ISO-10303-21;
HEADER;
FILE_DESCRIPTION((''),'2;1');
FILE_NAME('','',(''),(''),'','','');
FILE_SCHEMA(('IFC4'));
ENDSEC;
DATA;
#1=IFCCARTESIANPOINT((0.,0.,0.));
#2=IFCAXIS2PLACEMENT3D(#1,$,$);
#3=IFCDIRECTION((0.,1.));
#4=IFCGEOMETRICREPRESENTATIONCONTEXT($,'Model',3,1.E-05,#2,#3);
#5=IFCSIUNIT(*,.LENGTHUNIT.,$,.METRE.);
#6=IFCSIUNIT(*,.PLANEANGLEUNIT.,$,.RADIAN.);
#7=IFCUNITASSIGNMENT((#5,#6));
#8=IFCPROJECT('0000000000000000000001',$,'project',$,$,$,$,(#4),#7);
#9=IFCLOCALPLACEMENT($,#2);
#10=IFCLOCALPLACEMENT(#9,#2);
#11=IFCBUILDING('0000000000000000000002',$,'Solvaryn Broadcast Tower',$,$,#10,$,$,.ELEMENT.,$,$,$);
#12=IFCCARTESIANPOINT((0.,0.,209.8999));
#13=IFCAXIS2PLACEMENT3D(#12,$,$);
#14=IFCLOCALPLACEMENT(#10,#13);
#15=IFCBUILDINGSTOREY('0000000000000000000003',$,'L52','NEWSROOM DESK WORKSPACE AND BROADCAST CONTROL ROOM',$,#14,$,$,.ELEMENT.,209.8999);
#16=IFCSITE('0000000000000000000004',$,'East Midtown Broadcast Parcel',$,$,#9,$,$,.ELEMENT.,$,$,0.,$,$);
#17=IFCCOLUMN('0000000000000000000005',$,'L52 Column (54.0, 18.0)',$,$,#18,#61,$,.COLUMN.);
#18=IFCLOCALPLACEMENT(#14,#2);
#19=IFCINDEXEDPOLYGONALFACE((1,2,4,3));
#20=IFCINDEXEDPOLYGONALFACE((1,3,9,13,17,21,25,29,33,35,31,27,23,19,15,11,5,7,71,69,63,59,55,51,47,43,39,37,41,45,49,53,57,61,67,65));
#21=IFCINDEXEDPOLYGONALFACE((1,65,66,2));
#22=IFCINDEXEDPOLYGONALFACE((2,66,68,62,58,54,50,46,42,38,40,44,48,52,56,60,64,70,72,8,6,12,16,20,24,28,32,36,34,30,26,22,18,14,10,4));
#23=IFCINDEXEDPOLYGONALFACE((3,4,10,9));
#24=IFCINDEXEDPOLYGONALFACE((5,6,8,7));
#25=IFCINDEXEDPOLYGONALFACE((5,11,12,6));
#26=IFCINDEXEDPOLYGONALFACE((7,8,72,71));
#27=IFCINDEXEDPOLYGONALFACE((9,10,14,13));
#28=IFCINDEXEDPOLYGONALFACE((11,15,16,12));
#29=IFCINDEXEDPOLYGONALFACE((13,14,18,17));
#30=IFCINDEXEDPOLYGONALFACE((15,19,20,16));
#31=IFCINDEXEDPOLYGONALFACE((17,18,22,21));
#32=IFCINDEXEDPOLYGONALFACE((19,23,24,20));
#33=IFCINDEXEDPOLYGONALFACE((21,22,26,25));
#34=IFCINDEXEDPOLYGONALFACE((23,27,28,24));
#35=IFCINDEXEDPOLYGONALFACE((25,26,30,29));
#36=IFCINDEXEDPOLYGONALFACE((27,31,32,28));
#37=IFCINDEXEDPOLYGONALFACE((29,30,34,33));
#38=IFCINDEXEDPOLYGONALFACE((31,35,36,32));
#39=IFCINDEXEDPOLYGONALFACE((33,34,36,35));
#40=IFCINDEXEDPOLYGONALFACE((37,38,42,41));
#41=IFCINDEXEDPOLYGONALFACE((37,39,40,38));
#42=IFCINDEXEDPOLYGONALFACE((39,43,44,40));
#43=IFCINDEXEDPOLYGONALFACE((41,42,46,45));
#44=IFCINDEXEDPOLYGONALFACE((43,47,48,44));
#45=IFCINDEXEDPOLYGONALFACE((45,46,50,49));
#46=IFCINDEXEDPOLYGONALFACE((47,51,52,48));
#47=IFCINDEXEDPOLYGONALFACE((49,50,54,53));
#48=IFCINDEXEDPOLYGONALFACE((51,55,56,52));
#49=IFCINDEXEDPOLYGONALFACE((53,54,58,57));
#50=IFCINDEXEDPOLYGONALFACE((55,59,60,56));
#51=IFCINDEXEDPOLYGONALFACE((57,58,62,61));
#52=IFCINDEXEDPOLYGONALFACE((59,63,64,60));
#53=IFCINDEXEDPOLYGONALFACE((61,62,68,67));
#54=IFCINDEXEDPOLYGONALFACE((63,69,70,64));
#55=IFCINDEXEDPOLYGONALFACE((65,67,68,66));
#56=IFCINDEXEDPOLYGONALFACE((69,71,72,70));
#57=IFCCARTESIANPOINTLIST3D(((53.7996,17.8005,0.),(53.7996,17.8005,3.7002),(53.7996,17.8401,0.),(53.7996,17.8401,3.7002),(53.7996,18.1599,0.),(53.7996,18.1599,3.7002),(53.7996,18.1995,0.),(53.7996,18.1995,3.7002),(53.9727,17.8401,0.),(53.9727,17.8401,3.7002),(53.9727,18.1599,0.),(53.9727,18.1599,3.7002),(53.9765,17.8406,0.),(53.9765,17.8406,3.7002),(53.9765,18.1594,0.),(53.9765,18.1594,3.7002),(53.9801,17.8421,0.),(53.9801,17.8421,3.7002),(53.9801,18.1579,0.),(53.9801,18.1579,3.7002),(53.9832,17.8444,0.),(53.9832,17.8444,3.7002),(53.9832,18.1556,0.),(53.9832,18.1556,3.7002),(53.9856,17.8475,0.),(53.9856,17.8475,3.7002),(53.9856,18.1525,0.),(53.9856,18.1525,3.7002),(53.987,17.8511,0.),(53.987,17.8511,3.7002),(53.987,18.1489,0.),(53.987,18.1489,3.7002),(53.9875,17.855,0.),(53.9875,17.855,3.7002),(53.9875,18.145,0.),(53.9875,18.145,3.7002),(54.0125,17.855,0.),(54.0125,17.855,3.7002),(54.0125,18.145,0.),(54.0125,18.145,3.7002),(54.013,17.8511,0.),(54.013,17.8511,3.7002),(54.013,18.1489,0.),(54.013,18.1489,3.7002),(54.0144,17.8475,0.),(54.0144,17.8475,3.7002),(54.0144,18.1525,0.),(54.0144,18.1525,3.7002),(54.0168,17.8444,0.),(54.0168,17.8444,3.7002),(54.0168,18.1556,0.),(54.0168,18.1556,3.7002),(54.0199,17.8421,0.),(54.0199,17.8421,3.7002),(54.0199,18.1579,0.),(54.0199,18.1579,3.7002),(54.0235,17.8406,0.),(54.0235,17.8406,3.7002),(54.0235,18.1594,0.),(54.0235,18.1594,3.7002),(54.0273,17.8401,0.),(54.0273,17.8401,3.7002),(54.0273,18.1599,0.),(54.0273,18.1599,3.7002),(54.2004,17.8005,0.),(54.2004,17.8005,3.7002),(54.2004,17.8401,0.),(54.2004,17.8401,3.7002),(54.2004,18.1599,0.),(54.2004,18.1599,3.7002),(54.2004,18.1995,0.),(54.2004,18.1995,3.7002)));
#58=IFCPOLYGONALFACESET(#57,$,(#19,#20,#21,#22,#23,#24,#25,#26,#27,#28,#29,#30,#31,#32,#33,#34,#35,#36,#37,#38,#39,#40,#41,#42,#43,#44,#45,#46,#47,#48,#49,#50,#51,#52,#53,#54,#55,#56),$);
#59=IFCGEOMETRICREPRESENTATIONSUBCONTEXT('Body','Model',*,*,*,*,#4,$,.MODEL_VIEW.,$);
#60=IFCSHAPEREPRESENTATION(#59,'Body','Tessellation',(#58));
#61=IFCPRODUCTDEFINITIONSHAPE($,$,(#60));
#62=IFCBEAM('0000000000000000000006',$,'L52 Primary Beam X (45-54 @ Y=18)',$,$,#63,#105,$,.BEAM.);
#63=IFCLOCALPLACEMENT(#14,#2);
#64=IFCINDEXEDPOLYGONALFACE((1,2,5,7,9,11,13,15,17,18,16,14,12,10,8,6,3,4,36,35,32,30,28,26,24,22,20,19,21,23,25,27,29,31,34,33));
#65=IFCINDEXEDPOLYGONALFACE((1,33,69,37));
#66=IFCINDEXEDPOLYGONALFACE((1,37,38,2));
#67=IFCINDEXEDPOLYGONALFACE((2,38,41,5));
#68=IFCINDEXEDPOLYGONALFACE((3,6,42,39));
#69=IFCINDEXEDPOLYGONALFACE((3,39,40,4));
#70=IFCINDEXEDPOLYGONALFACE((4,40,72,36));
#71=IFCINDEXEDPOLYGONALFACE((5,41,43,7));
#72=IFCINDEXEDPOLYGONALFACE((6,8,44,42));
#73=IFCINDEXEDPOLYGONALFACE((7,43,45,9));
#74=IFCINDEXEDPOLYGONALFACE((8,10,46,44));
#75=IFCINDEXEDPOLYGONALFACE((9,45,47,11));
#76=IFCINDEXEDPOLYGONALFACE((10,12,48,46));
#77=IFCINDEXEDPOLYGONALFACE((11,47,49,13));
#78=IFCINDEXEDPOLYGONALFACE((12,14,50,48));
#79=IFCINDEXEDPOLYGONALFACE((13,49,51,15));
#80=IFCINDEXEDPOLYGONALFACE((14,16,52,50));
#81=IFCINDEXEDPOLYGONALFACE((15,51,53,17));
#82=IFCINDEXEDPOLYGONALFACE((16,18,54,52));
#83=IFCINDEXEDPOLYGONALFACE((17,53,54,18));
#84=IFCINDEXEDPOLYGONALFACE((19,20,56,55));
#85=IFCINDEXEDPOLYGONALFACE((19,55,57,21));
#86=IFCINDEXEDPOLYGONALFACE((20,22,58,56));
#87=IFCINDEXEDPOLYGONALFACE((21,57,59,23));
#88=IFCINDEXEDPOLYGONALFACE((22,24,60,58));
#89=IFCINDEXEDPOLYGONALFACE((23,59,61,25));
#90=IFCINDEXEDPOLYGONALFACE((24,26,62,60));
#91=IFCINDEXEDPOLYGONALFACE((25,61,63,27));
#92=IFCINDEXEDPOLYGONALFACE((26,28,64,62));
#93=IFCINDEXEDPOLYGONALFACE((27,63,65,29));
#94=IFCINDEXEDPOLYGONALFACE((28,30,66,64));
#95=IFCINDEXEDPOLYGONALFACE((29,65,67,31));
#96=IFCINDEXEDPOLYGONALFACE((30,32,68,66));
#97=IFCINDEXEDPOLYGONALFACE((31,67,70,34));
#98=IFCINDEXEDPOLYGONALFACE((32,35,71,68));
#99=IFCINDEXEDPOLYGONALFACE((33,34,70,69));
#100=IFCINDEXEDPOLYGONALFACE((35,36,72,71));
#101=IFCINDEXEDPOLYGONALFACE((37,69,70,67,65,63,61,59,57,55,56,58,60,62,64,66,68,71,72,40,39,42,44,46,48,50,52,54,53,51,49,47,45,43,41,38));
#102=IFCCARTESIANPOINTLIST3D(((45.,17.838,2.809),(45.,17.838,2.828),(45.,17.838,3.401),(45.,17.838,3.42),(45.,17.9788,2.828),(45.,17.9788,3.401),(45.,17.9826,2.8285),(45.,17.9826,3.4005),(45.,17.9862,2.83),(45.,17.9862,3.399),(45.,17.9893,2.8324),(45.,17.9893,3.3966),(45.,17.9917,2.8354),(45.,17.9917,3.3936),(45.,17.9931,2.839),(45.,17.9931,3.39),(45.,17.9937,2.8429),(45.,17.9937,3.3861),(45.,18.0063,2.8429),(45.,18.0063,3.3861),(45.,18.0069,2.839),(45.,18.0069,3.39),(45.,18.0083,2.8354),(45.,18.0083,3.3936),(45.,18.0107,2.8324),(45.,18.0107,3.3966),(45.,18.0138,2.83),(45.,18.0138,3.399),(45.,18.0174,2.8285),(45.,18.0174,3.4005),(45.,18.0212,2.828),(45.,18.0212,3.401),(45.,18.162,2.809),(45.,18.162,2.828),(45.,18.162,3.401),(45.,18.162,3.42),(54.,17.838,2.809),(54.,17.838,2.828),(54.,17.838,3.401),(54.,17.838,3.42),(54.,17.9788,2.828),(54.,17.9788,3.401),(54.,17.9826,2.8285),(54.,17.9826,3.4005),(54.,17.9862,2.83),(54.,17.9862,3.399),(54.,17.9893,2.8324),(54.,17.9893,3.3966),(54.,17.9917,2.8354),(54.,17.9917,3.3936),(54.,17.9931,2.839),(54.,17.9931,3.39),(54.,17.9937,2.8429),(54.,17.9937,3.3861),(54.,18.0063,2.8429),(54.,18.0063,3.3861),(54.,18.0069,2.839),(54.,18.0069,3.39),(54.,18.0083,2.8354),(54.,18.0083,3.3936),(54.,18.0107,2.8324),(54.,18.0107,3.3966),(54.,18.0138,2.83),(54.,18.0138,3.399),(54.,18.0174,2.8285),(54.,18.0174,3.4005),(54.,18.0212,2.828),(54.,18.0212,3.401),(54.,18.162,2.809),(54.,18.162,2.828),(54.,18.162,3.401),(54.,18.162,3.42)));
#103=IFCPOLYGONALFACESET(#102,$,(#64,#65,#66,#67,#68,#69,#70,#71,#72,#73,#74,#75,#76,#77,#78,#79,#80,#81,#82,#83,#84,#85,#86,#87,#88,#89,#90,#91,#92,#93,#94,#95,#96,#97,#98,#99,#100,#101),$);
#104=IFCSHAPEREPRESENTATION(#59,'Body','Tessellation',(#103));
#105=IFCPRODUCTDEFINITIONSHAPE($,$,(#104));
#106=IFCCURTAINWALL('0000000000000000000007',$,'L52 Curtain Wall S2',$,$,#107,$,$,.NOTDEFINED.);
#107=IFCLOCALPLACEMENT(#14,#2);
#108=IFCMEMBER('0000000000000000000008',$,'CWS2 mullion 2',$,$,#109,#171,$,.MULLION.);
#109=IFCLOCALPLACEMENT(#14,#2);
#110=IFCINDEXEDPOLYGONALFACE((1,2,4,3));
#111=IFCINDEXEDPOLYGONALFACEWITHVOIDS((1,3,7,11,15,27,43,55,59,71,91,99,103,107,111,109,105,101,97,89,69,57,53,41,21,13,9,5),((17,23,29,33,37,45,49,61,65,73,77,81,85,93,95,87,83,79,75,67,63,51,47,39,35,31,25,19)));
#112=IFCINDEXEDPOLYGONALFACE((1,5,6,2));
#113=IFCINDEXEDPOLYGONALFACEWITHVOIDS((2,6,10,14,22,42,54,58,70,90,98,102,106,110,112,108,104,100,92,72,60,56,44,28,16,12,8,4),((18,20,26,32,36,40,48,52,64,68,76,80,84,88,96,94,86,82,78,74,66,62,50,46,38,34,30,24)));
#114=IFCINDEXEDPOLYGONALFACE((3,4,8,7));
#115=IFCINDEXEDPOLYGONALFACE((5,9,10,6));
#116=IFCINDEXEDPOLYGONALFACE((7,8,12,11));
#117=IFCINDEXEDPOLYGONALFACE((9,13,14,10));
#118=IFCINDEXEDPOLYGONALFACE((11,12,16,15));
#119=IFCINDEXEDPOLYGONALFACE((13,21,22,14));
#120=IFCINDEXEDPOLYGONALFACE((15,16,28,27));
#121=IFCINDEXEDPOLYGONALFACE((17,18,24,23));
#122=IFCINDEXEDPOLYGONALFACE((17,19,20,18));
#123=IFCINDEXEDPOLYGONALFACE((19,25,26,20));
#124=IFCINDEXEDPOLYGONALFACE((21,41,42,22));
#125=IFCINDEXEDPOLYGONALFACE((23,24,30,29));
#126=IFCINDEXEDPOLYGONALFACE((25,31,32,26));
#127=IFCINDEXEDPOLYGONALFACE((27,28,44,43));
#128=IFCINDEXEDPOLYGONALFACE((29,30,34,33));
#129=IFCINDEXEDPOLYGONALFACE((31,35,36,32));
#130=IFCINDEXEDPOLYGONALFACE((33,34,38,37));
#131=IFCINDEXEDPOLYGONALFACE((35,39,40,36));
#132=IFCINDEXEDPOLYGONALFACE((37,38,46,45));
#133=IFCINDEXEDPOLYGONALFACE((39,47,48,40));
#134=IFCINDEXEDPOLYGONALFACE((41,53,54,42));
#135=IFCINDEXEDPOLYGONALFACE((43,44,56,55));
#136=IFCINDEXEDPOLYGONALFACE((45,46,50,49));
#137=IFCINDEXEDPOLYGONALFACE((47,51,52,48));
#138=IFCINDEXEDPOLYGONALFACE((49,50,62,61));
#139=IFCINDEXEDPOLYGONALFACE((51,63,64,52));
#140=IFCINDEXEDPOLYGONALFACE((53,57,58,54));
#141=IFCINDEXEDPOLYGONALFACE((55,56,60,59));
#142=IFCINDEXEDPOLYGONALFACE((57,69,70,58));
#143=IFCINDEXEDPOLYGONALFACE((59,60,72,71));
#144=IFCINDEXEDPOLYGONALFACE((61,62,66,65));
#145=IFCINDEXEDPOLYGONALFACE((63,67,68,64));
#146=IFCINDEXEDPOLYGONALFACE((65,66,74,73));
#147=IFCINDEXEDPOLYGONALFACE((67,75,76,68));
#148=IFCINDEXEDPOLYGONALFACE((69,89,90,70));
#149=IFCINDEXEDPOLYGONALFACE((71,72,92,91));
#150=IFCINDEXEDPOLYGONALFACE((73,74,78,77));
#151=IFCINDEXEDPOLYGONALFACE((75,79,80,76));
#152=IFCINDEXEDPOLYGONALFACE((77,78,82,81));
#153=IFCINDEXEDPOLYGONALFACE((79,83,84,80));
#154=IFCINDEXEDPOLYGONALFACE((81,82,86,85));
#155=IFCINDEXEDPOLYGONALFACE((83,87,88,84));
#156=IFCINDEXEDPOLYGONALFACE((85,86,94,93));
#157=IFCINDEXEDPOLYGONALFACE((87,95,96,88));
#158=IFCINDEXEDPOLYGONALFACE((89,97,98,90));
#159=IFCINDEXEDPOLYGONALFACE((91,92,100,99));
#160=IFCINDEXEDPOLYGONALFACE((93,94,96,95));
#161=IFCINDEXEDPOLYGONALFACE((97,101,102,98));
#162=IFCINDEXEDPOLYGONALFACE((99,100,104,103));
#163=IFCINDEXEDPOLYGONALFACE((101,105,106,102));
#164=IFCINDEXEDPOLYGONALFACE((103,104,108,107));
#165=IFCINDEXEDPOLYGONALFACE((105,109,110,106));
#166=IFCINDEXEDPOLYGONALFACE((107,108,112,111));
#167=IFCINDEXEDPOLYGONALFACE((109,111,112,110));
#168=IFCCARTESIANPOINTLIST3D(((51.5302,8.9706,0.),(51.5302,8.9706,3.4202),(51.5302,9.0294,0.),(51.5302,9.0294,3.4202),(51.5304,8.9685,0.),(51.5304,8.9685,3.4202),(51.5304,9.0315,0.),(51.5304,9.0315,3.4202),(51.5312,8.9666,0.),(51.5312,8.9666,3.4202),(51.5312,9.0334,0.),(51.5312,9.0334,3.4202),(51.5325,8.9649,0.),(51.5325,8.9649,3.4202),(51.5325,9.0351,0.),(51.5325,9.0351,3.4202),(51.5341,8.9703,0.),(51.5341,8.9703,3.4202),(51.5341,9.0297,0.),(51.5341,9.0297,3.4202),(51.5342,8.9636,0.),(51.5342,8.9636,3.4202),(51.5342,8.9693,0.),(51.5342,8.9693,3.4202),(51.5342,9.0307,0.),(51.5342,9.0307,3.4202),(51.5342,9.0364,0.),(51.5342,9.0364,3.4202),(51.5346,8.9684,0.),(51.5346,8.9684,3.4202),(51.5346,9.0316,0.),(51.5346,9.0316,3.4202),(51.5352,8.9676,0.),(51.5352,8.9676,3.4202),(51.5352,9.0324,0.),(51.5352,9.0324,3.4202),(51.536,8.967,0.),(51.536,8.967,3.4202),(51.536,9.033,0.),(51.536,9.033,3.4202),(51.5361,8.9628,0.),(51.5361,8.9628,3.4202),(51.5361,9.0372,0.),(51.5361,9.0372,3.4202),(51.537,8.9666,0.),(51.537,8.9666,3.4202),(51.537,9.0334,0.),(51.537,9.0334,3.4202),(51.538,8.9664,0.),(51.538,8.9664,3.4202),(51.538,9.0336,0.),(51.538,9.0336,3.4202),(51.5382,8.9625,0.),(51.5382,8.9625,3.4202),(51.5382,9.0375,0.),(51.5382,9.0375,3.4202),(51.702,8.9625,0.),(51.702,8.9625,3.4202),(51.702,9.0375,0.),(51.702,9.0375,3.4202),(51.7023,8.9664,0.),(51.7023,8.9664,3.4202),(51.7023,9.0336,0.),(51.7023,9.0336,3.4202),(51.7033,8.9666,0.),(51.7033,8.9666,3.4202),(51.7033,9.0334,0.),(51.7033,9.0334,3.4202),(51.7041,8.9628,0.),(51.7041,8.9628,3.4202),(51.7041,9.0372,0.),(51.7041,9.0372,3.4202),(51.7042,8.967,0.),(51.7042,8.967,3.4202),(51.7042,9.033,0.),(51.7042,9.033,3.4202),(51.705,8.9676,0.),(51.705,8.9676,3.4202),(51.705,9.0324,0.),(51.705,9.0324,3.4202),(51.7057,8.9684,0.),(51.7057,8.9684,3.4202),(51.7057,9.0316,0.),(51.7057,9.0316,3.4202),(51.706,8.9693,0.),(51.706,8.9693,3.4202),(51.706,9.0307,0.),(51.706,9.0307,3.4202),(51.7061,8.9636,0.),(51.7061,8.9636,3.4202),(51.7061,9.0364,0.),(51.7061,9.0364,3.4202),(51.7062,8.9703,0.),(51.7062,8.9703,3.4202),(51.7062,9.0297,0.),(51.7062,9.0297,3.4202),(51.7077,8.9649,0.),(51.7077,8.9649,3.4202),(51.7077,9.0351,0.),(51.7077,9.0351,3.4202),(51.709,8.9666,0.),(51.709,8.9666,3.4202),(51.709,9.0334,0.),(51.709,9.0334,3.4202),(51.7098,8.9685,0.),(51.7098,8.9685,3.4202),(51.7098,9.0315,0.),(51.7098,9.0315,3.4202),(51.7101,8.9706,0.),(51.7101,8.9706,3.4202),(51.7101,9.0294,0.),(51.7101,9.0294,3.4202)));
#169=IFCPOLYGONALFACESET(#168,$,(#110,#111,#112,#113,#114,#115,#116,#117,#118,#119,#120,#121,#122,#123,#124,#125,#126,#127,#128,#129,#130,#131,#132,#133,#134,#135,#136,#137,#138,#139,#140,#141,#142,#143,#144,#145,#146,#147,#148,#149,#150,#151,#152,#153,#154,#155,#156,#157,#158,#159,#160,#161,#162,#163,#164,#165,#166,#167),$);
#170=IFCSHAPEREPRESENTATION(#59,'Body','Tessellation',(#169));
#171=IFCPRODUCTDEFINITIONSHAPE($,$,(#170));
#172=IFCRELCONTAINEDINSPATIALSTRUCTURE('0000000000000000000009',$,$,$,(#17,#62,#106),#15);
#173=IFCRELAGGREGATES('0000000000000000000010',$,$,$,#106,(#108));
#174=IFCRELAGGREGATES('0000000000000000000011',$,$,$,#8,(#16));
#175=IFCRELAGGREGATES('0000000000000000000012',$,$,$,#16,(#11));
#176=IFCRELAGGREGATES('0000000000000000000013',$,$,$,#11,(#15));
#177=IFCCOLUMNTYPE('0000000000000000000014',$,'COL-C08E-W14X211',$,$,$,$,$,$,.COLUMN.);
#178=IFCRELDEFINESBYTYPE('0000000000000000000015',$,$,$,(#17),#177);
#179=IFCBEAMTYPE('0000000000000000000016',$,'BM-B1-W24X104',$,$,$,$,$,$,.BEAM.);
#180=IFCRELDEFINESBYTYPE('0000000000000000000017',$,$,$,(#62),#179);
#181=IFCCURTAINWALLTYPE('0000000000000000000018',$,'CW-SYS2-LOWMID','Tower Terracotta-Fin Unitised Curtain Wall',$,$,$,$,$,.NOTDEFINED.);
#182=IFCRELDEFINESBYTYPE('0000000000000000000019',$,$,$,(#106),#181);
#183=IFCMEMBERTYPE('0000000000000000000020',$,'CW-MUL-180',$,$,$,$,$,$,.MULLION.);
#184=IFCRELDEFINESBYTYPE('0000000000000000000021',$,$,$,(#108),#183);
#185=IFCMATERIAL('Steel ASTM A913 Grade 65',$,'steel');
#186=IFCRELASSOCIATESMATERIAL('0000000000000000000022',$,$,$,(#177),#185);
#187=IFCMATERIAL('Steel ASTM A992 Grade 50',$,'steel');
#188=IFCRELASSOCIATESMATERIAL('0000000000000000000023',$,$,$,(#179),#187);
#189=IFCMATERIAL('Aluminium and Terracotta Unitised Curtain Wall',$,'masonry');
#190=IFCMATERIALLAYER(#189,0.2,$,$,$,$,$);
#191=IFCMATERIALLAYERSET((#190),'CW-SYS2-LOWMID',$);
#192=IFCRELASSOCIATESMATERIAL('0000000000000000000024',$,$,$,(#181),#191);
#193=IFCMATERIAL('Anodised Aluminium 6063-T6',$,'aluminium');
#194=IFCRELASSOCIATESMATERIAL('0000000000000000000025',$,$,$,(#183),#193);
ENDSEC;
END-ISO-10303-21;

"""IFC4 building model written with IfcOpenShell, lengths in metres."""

from ifc_helpers import new_model, si_unit, direction, frame, origin, origin_2d, place, context, subcontext, project, spatial, hollow_rectangle, i_section, extrude, material, layer, layer_set, material_profile, profile_set, type_object, element, aggregate, save


model = new_model("IFC4")

# Units and contexts
model_context = context("Model", 3, precision=1e-05, world=origin(), true_north=direction((0.0, 1.0)))
body_context = subcontext(model_context, "Body", "Model", "MODEL_VIEW")
ifc_project = project(units=[si_unit("LENGTHUNIT", "METRE"), si_unit("PLANEANGLEUNIT", "RADIAN")], contexts=[model_context])

# Site, building, storey
site_placement = place(None, origin())
site = spatial("IfcSite", under=ifc_project, at=site_placement, Name="East Midtown Broadcast Parcel", CompositionType="ELEMENT", RefElevation=0.0)
building_placement = place(site_placement, origin())
building = spatial("IfcBuilding", under=site, at=building_placement, Name="Solvaryn Broadcast Tower", CompositionType="ELEMENT")
storey_placement = place(building_placement, frame((0.0, 0.0, 209.8999)))
storey = spatial("IfcBuildingStorey", under=building, at=storey_placement, Name="L52", Description="NEWSROOM DESK WORKSPACE AND BROADCAST CONTROL ROOM", CompositionType="ELEMENT", Elevation=209.8999)

# Column
ifc_material_1 = material(Name="Steel ASTM A913 Grade 65", Category="steel")
ifc_material_profile_1 = material_profile(ifc_material_1, i_section(OverallWidth=0.4009, OverallDepth=0.3989, WebThickness=0.0249, FlangeThickness=0.0396, FilletRadius=0.0149, at=origin_2d()))
ifc_profile_set_1 = profile_set([ifc_material_profile_1], Name="Steel ASTM A913 Grade 65")
column_type = type_object("IfcColumnType", Name="COL-C08E-W14X211", PredefinedType="COLUMN", material=ifc_profile_set_1)
column_placement = place(storey_placement, frame((54.0, 18.0, 0.0), z_axis=(0.0, 0.0, 1.0), x_axis=(1.0, 0.0, 0.0)))
element("IfcColumn", 1, at=column_placement, inside=storey, type_object=column_type, Name="L52 Column (54.0, 18.0)", PredefinedType="COLUMN", context=body_context, shape_type="SweptSolid", body=[
    extrude(i_section(OverallWidth=0.4009, OverallDepth=0.3989, WebThickness=0.0249, FlangeThickness=0.0396, FilletRadius=0.0149, at=origin_2d()), origin(), (0.0, 0.0, 1.0), 3.7002),
])

# Beam
ifc_material_2 = material(Name="Steel ASTM A992 Grade 50", Category="steel")
ifc_material_profile_2 = material_profile(ifc_material_2, i_section(OverallWidth=0.324, OverallDepth=0.6111, WebThickness=0.0127, FlangeThickness=0.019, FilletRadius=0.0149, at=origin_2d()))
ifc_profile_set_2 = profile_set([ifc_material_profile_2], Name="Steel ASTM A992 Grade 50")
beam_type = type_object("IfcBeamType", Name="BM-B1-W24X104", PredefinedType="BEAM", material=ifc_profile_set_2)
beam_placement = place(storey_placement, frame((45.0, 18.0, 3.1145), z_axis=(1.0, 0.0, 0.0), x_axis=(0.0, 1.0, 0.0)))
element("IfcBeam", 2, at=beam_placement, inside=storey, type_object=beam_type, Name="L52 Primary Beam X (45-54 @ Y=18)", PredefinedType="BEAM", context=body_context, shape_type="SweptSolid", body=[
    extrude(i_section(OverallWidth=0.324, OverallDepth=0.6111, WebThickness=0.0127, FlangeThickness=0.019, FilletRadius=0.0149, at=origin_2d()), origin(), (0.0, 0.0, 1.0), 9.0),
])

# Curtain wall, member
ifc_material_3 = material(Name="Aluminium and Terracotta Unitised Curtain Wall", Category="masonry")
ifc_layer_1 = layer(ifc_material_3, 0.2)
ifc_layer_set_1 = layer_set([ifc_layer_1], Name="CW-SYS2-LOWMID")
curtain_wall_type = type_object("IfcCurtainWallType", Name="CW-SYS2-LOWMID", Description="Tower Terracotta-Fin Unitised Curtain Wall", PredefinedType="NOTDEFINED", material=ifc_layer_set_1)
curtain_wall_1_placement = place(storey_placement, origin())
curtain_wall_1 = element("IfcCurtainWall", 3, at=curtain_wall_1_placement, inside=storey, type_object=curtain_wall_type, Name="L52 Curtain Wall S2", PredefinedType="NOTDEFINED")
ifc_material_4 = material(Name="Anodised Aluminium 6063-T6", Category="aluminium")
ifc_material_profile_3 = material_profile(ifc_material_4, hollow_rectangle(XDim=0.075, YDim=0.1799, WallThickness=0.0039, InnerFilletRadius=0.0039, OuterFilletRadius=0.0081, at=origin_2d()))
ifc_profile_set_3 = profile_set([ifc_material_profile_3], Name="Anodised Aluminium 6063-T6")
member_type_1 = type_object("IfcMemberType", Name="CW-MUL-180", PredefinedType="MULLION", material=ifc_profile_set_3)
member_1_placement = place(storey_placement, frame((51.6201, 9.0, 0.0), z_axis=(0.0, 0.0, 1.0), x_axis=(0.0, 1.0, 0.0)))
member_1 = element("IfcMember", 4, at=member_1_placement, type_object=member_type_1, Name="CWS2 mullion 2", PredefinedType="MULLION", context=body_context, shape_type="SweptSolid", body=[
    extrude(hollow_rectangle(XDim=0.075, YDim=0.1799, WallThickness=0.0039, InnerFilletRadius=0.0039, OuterFilletRadius=0.0081, at=origin_2d()), origin(), (0.0, 0.0, 1.0), 3.4202),
])

aggregate(curtain_wall_1, [member_1])

save(model, "model.ifc")
